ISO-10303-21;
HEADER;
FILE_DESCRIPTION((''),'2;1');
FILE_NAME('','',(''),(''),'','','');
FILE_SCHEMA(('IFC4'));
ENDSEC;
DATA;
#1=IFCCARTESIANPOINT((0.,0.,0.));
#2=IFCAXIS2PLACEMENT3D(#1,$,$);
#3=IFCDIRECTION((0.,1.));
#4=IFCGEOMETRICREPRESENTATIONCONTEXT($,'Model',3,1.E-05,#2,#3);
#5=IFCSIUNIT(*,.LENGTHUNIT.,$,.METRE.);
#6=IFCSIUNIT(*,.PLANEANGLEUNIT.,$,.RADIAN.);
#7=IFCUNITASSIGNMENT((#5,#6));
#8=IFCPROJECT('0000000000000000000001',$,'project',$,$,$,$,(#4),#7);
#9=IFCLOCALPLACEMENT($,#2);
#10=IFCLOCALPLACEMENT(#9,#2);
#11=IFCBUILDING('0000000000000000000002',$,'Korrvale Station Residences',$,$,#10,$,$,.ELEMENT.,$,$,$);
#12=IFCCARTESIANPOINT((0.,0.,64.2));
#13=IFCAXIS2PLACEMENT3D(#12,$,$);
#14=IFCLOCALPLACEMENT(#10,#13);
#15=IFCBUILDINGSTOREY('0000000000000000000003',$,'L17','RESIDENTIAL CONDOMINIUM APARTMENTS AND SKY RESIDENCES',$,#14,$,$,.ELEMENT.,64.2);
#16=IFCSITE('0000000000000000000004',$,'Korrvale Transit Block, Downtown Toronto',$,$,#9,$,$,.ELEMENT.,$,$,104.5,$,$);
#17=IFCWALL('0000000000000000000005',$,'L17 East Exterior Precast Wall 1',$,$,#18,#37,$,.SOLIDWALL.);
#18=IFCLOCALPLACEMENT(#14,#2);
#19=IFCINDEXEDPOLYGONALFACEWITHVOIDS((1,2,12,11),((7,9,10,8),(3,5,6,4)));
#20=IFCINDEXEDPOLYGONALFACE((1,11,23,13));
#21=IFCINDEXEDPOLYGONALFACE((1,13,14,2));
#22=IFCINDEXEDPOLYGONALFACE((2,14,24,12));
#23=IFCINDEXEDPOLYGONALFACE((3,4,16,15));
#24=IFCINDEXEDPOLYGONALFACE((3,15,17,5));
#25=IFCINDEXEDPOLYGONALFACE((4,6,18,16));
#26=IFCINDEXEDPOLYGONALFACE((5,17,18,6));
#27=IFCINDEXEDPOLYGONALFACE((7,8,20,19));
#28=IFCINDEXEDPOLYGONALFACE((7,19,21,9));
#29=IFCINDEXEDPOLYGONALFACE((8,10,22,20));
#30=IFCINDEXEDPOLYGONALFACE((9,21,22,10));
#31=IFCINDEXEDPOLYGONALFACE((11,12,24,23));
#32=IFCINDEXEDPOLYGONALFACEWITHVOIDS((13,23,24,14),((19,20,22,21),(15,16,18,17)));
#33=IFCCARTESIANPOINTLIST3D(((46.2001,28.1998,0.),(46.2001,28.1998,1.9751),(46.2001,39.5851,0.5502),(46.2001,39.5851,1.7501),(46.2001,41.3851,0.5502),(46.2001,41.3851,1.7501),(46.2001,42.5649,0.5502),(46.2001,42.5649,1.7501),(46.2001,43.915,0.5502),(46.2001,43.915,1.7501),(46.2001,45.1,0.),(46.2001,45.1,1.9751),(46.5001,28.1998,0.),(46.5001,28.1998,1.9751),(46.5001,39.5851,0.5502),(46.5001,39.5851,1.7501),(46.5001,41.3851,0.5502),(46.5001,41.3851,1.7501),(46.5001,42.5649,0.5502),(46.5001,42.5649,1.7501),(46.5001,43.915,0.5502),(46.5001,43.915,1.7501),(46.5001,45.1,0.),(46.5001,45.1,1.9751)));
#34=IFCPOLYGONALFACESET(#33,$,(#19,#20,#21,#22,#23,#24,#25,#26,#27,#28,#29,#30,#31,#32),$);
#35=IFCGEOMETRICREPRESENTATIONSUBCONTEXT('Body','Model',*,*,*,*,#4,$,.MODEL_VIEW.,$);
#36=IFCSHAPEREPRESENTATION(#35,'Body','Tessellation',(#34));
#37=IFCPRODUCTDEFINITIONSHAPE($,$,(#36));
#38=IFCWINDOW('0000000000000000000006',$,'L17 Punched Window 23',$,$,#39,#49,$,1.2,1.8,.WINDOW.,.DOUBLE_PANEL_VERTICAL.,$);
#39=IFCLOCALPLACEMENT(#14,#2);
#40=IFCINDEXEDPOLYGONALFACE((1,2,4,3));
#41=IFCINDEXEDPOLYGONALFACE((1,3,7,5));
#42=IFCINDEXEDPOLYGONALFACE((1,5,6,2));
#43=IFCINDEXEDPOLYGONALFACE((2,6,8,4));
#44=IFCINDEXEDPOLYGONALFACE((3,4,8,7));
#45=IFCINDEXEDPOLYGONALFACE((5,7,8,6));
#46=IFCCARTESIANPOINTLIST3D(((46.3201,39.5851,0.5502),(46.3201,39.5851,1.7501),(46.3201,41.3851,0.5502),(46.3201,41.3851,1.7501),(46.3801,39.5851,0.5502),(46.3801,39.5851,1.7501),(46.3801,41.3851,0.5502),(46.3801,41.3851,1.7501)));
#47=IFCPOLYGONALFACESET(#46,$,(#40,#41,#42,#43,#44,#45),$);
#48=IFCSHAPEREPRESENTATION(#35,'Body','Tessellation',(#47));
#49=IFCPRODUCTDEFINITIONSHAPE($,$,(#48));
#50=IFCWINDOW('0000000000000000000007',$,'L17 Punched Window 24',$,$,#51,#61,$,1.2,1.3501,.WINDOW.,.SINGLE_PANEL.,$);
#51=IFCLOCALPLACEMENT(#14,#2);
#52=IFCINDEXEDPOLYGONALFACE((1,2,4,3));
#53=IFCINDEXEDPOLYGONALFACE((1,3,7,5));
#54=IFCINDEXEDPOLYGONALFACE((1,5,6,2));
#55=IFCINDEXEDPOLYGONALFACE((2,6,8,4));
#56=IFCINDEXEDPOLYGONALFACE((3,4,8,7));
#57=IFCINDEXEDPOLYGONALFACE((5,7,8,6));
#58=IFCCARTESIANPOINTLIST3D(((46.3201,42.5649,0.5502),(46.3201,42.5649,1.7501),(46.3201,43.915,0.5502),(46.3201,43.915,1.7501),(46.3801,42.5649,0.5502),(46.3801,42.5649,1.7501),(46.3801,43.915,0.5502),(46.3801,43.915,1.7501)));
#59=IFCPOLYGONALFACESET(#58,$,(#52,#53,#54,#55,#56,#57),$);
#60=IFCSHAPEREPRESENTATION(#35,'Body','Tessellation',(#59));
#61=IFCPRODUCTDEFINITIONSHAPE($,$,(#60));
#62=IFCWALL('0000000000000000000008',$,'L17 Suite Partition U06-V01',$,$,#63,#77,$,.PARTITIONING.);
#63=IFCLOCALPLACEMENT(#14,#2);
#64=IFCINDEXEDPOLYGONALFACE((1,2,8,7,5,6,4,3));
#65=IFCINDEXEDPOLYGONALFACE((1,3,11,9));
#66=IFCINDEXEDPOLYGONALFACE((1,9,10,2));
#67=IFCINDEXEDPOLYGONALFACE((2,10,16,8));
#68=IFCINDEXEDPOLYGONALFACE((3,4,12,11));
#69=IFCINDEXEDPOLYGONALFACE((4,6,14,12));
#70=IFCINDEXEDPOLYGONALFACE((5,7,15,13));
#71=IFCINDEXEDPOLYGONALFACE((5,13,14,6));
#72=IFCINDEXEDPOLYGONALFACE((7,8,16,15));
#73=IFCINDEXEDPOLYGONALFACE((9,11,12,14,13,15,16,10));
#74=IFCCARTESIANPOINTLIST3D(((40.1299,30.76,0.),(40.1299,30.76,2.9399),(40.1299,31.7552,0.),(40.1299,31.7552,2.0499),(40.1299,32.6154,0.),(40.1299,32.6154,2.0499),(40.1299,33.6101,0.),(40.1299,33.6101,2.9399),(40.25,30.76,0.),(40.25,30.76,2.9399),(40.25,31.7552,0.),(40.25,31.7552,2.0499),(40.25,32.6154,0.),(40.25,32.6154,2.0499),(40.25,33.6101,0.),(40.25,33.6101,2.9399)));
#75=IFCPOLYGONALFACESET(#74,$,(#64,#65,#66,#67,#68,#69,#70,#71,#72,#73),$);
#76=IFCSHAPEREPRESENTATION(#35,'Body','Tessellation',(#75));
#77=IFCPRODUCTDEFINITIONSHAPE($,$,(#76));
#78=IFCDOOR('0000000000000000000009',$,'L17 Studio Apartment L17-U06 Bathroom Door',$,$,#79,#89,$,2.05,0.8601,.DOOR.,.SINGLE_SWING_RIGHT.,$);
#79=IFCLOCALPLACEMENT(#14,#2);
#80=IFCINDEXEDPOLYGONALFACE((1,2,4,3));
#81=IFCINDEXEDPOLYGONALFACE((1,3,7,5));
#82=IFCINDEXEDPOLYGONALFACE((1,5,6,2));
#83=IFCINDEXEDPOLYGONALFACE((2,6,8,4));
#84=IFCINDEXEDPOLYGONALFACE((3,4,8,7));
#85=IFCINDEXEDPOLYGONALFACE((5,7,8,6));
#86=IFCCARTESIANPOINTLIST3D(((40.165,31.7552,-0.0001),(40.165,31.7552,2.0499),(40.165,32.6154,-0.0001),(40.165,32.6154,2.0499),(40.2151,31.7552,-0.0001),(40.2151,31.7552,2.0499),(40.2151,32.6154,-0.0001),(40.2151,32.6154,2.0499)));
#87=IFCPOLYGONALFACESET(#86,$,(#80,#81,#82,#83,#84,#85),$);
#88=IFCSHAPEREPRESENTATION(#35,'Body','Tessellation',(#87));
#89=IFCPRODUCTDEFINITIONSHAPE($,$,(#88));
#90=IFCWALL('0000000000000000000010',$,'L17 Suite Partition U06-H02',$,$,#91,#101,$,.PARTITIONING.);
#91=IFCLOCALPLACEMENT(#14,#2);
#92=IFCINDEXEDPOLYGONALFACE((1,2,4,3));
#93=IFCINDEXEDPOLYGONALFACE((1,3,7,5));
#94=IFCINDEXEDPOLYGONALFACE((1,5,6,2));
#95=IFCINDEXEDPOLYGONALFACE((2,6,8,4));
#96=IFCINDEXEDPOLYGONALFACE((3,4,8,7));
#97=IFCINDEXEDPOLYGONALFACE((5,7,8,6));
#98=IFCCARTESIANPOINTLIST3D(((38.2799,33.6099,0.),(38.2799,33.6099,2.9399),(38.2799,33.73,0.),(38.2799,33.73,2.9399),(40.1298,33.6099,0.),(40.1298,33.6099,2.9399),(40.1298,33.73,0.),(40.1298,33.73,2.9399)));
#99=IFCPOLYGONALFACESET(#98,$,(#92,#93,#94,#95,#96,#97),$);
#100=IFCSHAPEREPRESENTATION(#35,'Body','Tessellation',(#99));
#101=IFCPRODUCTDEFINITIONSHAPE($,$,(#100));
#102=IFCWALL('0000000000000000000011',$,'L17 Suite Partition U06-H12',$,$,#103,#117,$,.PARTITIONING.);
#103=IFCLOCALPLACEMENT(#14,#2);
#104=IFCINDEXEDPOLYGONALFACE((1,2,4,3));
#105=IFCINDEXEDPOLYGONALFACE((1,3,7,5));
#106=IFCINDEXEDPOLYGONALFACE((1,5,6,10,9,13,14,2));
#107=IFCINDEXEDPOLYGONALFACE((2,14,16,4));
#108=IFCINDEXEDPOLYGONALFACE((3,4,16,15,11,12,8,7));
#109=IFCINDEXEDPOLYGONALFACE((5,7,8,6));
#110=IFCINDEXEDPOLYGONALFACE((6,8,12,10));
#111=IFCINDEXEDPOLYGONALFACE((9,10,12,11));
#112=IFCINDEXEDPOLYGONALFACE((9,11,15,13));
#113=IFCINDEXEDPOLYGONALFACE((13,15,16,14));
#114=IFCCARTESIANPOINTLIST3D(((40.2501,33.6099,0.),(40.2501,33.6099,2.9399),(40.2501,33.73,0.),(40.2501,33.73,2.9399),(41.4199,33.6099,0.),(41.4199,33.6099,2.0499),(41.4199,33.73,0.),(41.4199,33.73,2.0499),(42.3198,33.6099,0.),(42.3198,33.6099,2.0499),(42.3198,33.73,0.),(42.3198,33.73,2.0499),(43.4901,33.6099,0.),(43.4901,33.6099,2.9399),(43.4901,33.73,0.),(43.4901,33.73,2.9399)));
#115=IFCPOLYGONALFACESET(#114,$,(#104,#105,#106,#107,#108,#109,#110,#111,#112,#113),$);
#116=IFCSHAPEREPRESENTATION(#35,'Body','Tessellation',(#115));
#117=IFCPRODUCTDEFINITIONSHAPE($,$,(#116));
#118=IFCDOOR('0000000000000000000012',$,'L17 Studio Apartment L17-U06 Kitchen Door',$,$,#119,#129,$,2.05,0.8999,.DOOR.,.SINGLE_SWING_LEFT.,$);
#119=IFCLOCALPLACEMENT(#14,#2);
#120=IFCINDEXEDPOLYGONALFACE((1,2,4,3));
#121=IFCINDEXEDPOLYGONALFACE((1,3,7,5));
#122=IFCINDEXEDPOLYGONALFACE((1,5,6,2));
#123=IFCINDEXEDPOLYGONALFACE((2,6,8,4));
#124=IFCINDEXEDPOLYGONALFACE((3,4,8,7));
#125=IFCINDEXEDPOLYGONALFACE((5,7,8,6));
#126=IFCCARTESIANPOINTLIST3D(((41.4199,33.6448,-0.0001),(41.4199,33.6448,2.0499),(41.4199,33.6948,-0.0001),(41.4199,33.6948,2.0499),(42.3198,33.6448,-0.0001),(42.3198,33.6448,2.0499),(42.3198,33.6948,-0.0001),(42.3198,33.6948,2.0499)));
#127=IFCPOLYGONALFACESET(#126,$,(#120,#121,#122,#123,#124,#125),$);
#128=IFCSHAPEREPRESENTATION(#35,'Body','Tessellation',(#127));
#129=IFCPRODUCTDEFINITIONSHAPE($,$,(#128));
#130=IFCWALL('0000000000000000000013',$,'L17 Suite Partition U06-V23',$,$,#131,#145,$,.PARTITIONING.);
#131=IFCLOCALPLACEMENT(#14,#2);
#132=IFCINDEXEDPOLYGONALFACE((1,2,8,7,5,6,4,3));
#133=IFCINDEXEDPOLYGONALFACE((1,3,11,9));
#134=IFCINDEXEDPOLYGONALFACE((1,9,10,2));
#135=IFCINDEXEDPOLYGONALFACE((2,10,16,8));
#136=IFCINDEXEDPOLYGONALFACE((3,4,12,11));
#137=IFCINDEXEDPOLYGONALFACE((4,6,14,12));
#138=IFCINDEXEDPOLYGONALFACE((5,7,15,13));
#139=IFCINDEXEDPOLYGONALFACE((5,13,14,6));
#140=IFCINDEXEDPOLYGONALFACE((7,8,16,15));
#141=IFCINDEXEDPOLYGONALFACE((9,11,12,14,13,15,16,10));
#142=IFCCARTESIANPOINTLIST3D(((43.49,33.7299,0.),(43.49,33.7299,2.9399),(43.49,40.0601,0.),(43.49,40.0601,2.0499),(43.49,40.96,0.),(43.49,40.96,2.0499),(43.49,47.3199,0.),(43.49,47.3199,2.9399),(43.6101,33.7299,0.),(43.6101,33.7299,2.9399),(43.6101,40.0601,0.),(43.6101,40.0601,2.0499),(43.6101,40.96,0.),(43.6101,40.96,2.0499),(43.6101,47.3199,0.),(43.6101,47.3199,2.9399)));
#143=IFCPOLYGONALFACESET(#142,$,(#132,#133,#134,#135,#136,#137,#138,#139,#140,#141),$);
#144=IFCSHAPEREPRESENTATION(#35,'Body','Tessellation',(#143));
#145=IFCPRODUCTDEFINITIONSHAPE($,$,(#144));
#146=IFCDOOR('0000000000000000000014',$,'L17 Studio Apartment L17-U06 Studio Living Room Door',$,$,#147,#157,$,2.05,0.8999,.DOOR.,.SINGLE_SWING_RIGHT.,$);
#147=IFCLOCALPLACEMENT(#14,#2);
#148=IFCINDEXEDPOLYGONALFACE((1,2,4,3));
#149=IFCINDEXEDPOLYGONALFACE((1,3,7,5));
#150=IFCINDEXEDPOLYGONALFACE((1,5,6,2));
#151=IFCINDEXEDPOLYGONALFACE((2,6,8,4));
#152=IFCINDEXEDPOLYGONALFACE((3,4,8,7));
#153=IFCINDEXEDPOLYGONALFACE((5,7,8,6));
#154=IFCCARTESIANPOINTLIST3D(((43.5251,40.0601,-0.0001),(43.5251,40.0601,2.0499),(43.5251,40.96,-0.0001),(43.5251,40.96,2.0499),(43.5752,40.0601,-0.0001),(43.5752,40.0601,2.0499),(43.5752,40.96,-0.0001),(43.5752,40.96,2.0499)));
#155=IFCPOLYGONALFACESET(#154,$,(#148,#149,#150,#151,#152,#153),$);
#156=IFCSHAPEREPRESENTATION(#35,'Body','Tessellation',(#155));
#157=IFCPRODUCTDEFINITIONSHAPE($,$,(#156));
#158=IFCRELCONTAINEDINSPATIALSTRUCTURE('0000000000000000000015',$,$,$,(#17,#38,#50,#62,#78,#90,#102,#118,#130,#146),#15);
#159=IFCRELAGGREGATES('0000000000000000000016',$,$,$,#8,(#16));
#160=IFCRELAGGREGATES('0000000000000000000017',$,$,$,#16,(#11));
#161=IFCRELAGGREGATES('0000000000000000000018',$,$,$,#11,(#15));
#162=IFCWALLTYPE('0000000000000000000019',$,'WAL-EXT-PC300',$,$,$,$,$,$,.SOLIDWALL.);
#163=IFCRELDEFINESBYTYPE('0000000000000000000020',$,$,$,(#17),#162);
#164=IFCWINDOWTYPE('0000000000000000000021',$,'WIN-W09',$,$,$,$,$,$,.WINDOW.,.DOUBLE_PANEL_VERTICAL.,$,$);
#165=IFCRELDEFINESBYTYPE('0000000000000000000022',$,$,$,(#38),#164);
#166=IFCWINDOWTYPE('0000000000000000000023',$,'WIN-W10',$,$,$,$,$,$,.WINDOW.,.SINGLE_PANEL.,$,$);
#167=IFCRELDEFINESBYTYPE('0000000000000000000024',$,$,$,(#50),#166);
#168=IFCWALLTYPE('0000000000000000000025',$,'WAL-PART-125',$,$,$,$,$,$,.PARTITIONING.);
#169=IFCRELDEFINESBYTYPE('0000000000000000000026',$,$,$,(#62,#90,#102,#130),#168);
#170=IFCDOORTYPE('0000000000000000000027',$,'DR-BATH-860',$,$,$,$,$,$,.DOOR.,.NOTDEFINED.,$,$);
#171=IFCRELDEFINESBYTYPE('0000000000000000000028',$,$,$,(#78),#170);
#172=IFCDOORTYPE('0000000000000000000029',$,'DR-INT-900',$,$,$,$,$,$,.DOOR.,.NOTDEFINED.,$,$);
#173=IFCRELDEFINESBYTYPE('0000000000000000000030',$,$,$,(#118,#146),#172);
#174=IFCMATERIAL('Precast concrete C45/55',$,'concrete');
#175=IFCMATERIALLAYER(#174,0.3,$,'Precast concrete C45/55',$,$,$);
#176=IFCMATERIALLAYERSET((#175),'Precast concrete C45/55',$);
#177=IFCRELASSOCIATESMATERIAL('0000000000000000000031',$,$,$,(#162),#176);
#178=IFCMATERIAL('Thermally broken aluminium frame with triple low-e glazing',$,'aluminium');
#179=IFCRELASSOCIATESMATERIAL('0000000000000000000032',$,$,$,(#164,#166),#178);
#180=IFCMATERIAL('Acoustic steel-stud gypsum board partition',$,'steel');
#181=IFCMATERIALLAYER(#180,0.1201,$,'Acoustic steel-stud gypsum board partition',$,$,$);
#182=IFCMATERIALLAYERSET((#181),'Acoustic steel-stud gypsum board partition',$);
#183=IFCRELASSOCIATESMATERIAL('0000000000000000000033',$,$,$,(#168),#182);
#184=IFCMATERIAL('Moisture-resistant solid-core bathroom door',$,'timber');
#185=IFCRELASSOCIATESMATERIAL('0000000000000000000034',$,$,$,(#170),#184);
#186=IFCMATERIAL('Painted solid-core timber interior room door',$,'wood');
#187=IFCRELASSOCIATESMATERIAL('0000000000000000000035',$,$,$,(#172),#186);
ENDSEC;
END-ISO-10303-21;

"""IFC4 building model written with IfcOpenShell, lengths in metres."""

from ifc_helpers import new_model, si_unit, direction, frame, frame_2d, origin, place, context, subcontext, project, spatial, rectangle, extrude, material, layer, layer_set, type_object, element, fill, save


model = new_model("IFC4")

# Units and contexts
model_context = context("Model", 3, precision=1e-05, world=origin(), true_north=direction((0.0, 1.0)))
body_context = subcontext(model_context, "Body", "Model", "MODEL_VIEW")
ifc_project = project(units=[si_unit("LENGTHUNIT", "METRE"), si_unit("PLANEANGLEUNIT", "RADIAN")], contexts=[model_context])

# Site, building, storey
site_placement = place(None, origin())
site = spatial("IfcSite", under=ifc_project, at=site_placement, Name="Korrvale Transit Block, Downtown Toronto", CompositionType="ELEMENT", RefElevation=104.5)
building_placement = place(site_placement, origin())
building = spatial("IfcBuilding", under=site, at=building_placement, Name="Korrvale Station Residences", CompositionType="ELEMENT")
storey_placement = place(building_placement, frame((0.0, 0.0, 64.2)))
storey = spatial("IfcBuildingStorey", under=building, at=storey_placement, Name="L17", Description="RESIDENTIAL CONDOMINIUM APARTMENTS AND SKY RESIDENCES", CompositionType="ELEMENT", Elevation=64.2)

# Shared definitions
ifc_material_1 = material(Name="Precast concrete C45/55", Category="concrete")
ifc_layer_1 = layer(ifc_material_1, 0.3, Name="Precast concrete C45/55")
ifc_layer_set_1 = layer_set([ifc_layer_1], Name="Precast concrete C45/55")
wall_type_1 = type_object("IfcWallType", Name="WAL-EXT-PC300", PredefinedType="SOLIDWALL", material=ifc_layer_set_1)

# Wall, openings, windows
wall_1_placement = place(storey_placement, frame((46.3501, 45.1001, 0.0), z_axis=(0.0, 0.0, 1.0), x_axis=(0.0, -1.0, 0.0)))
wall_1 = element("IfcWall", 1, at=wall_1_placement, inside=storey, type_object=wall_type_1, Name="L17 East Exterior Precast Wall 1", PredefinedType="SOLIDWALL", context=body_context, shape_type="SweptSolid", body=[
    extrude(rectangle(XDim=16.9001, YDim=0.3, at=frame_2d((8.4502, 0.0))), origin(), (0.0, 0.0, 1.0), 1.9751),
])
opening_1_placement = place(wall_1_placement, frame((3.7151, 0.0, 0.55)))
opening_1 = element("IfcOpeningElement", 2, at=opening_1_placement, cuts=wall_1, PredefinedType="OPENING", context=body_context, shape_type="SweptSolid", body=[
    extrude(rectangle(XDim=1.8, YDim=1.2, at=frame_2d((0.8999, 0.6001))), frame((0.0, 0.1602, 0.0), z_axis=(0.0, -1.0, 0.0), x_axis=(1.0, 0.0, 0.0)), (0.0, 0.0, 1.0), 0.3201),
])
opening_2_placement = place(wall_1_placement, frame((1.1851, 0.0, 0.55)))
opening_2 = element("IfcOpeningElement", 3, at=opening_2_placement, cuts=wall_1, PredefinedType="OPENING", context=body_context, shape_type="SweptSolid", body=[
    extrude(rectangle(XDim=1.3501, YDim=1.2, at=frame_2d((0.675, 0.6001))), frame((0.0, 0.1602, 0.0), z_axis=(0.0, -1.0, 0.0), x_axis=(1.0, 0.0, 0.0)), (0.0, 0.0, 1.0), 0.3201),
])
ifc_material_2 = material(Name="Thermally broken aluminium frame with triple low-e glazing", Category="aluminium")
window_type_1 = type_object("IfcWindowType", Name="WIN-W09", PartitioningType="DOUBLE_PANEL_VERTICAL", PredefinedType="WINDOW", material=ifc_material_2)
window_1_placement = place(opening_1_placement, origin())
window_1 = element("IfcWindow", 4, at=window_1_placement, inside=storey, type_object=window_type_1, Name="L17 Punched Window 23", OverallHeight=1.2, OverallWidth=1.8, PartitioningType="DOUBLE_PANEL_VERTICAL", PredefinedType="WINDOW", context=body_context, shape_type="SweptSolid", body=[
    extrude(rectangle(XDim=1.8, YDim=1.2, at=frame_2d((0.8999, 0.6001))), frame((0.0, 0.03, 0.0), z_axis=(0.0, -1.0, 0.0), x_axis=(1.0, 0.0, 0.0)), (0.0, 0.0, 1.0), 0.0601),
])
fill(opening_1, window_1)
window_type_2 = type_object("IfcWindowType", Name="WIN-W10", PartitioningType="SINGLE_PANEL", PredefinedType="WINDOW", material=ifc_material_2)
window_2_placement = place(opening_2_placement, origin())
window_2 = element("IfcWindow", 5, at=window_2_placement, inside=storey, type_object=window_type_2, Name="L17 Punched Window 24", OverallHeight=1.2, OverallWidth=1.3501, PartitioningType="SINGLE_PANEL", PredefinedType="WINDOW", context=body_context, shape_type="SweptSolid", body=[
    extrude(rectangle(XDim=1.3501, YDim=1.2, at=frame_2d((0.675, 0.6001))), frame((0.0, 0.03, 0.0), z_axis=(0.0, -1.0, 0.0), x_axis=(1.0, 0.0, 0.0)), (0.0, 0.0, 1.0), 0.0601),
])
fill(opening_2, window_2)

# Wall, opening, door
ifc_material_3 = material(Name="Acoustic steel-stud gypsum board partition", Category="steel")
ifc_layer_2 = layer(ifc_material_3, 0.1201, Name="Acoustic steel-stud gypsum board partition")
ifc_layer_set_2 = layer_set([ifc_layer_2], Name="Acoustic steel-stud gypsum board partition")
wall_type_2 = type_object("IfcWallType", Name="WAL-PART-125", PredefinedType="PARTITIONING", material=ifc_layer_set_2)
wall_2_placement = place(storey_placement, frame((40.1899, 30.76, 0.0), z_axis=(0.0, 0.0, 1.0), x_axis=(0.0, 1.0, 0.0)))
wall_2 = element("IfcWall", 6, at=wall_2_placement, inside=storey, type_object=wall_type_2, Name="L17 Suite Partition U06-V01", PredefinedType="PARTITIONING", context=body_context, shape_type="SweptSolid", body=[
    extrude(rectangle(XDim=2.8501, YDim=0.1201, at=frame_2d((1.425, 0.0))), origin(), (0.0, 0.0, 1.0), 2.9399),
])
opening_3_placement = place(wall_2_placement, frame((0.9951, 0.0, 0.0)))
opening_3 = element("IfcOpeningElement", 7, at=opening_3_placement, cuts=wall_2, PredefinedType="OPENING", context=body_context, shape_type="SweptSolid", body=[
    extrude(rectangle(XDim=0.8601, YDim=2.05, at=frame_2d((0.4302, 1.0249))), frame((0.0, 0.0701, 0.0), z_axis=(0.0, -1.0, 0.0), x_axis=(1.0, 0.0, 0.0)), (0.0, 0.0, 1.0), 0.1401),
])
ifc_material_4 = material(Name="Moisture-resistant solid-core bathroom door", Category="timber")
door_type_1 = type_object("IfcDoorType", Name="DR-BATH-860", OperationType="NOTDEFINED", PredefinedType="DOOR", material=ifc_material_4)
door_1_placement = place(opening_3_placement, origin())
door_1 = element("IfcDoor", 8, at=door_1_placement, inside=storey, type_object=door_type_1, Name="L17 Studio Apartment L17-U06 Bathroom Door", OperationType="SINGLE_SWING_RIGHT", OverallHeight=2.05, OverallWidth=0.8601, PredefinedType="DOOR", context=body_context, shape_type="SweptSolid", body=[
    extrude(rectangle(XDim=0.8601, YDim=2.05, at=frame_2d((0.4302, 1.0249))), frame((0.0, 0.0249, 0.0), z_axis=(0.0, -1.0, 0.0), x_axis=(1.0, 0.0, 0.0)), (0.0, 0.0, 1.0), 0.05),
])
fill(opening_3, door_1)

# Wall
wall_3_placement = place(storey_placement, frame((38.28, 33.6699, 0.0), z_axis=(0.0, 0.0, 1.0), x_axis=(1.0, 0.0, 0.0)))
element("IfcWall", 9, at=wall_3_placement, inside=storey, type_object=wall_type_2, Name="L17 Suite Partition U06-H02", PredefinedType="PARTITIONING", context=body_context, shape_type="SweptSolid", body=[
    extrude(rectangle(XDim=1.8499, YDim=0.1201, at=frame_2d((0.9248, 0.0))), origin(), (0.0, 0.0, 1.0), 2.9399),
])

# Walls, openings, doors
wall_4_placement = place(storey_placement, frame((40.25, 33.6699, 0.0), z_axis=(0.0, 0.0, 1.0), x_axis=(1.0, 0.0, 0.0)))
wall_4 = element("IfcWall", 10, at=wall_4_placement, inside=storey, type_object=wall_type_2, Name="L17 Suite Partition U06-H12", PredefinedType="PARTITIONING", context=body_context, shape_type="SweptSolid", body=[
    extrude(rectangle(XDim=3.24, YDim=0.1201, at=frame_2d((1.6201, 0.0))), origin(), (0.0, 0.0, 1.0), 2.9399),
])
opening_4_placement = place(wall_4_placement, frame((1.1699, 0.0, 0.0)))
opening_4 = element("IfcOpeningElement", 11, at=opening_4_placement, cuts=wall_4, PredefinedType="OPENING", context=body_context, shape_type="SweptSolid", body=[
    extrude(rectangle(XDim=0.8999, YDim=2.05, at=frame_2d((0.45, 1.0249))), frame((0.0, 0.0701, 0.0), z_axis=(0.0, -1.0, 0.0), x_axis=(1.0, 0.0, 0.0)), (0.0, 0.0, 1.0), 0.1401),
])
ifc_material_5 = material(Name="Painted solid-core timber interior room door", Category="wood")
door_type_2 = type_object("IfcDoorType", Name="DR-INT-900", OperationType="NOTDEFINED", PredefinedType="DOOR", material=ifc_material_5)
door_2_placement = place(opening_4_placement, origin())
door_2 = element("IfcDoor", 12, at=door_2_placement, inside=storey, type_object=door_type_2, Name="L17 Studio Apartment L17-U06 Kitchen Door", OperationType="SINGLE_SWING_LEFT", OverallHeight=2.05, OverallWidth=0.8999, PredefinedType="DOOR", context=body_context, shape_type="SweptSolid", body=[
    extrude(rectangle(XDim=0.8999, YDim=2.05, at=frame_2d((0.45, 1.0249))), frame((0.0, 0.0249, 0.0), z_axis=(0.0, -1.0, 0.0), x_axis=(1.0, 0.0, 0.0)), (0.0, 0.0, 1.0), 0.05),
])
fill(opening_4, door_2)
wall_5_placement = place(storey_placement, frame((43.55, 33.73, 0.0), z_axis=(0.0, 0.0, 1.0), x_axis=(0.0, 1.0, 0.0)))
wall_5 = element("IfcWall", 13, at=wall_5_placement, inside=storey, type_object=wall_type_2, Name="L17 Suite Partition U06-V23", PredefinedType="PARTITIONING", context=body_context, shape_type="SweptSolid", body=[
    extrude(rectangle(XDim=13.5901, YDim=0.1201, at=frame_2d((6.7949, 0.0))), origin(), (0.0, 0.0, 1.0), 2.9399),
])
opening_5_placement = place(wall_5_placement, frame((6.3301, 0.0, 0.0)))
opening_5 = element("IfcOpeningElement", 14, at=opening_5_placement, cuts=wall_5, PredefinedType="OPENING", context=body_context, shape_type="SweptSolid", body=[
    extrude(rectangle(XDim=0.8999, YDim=2.05, at=frame_2d((0.45, 1.0249))), frame((0.0, 0.0701, 0.0), z_axis=(0.0, -1.0, 0.0), x_axis=(1.0, 0.0, 0.0)), (0.0, 0.0, 1.0), 0.1401),
])
door_3_placement = place(opening_5_placement, origin())
door_3 = element("IfcDoor", 15, at=door_3_placement, inside=storey, type_object=door_type_2, Name="L17 Studio Apartment L17-U06 Studio Living Room Door", OperationType="SINGLE_SWING_RIGHT", OverallHeight=2.05, OverallWidth=0.8999, PredefinedType="DOOR", context=body_context, shape_type="SweptSolid", body=[
    extrude(rectangle(XDim=0.8999, YDim=2.05, at=frame_2d((0.45, 1.0249))), frame((0.0, 0.0249, 0.0), z_axis=(0.0, -1.0, 0.0), x_axis=(1.0, 0.0, 0.0)), (0.0, 0.0, 1.0), 0.05),
])
fill(opening_5, door_3)

save(model, "model.ifc")
